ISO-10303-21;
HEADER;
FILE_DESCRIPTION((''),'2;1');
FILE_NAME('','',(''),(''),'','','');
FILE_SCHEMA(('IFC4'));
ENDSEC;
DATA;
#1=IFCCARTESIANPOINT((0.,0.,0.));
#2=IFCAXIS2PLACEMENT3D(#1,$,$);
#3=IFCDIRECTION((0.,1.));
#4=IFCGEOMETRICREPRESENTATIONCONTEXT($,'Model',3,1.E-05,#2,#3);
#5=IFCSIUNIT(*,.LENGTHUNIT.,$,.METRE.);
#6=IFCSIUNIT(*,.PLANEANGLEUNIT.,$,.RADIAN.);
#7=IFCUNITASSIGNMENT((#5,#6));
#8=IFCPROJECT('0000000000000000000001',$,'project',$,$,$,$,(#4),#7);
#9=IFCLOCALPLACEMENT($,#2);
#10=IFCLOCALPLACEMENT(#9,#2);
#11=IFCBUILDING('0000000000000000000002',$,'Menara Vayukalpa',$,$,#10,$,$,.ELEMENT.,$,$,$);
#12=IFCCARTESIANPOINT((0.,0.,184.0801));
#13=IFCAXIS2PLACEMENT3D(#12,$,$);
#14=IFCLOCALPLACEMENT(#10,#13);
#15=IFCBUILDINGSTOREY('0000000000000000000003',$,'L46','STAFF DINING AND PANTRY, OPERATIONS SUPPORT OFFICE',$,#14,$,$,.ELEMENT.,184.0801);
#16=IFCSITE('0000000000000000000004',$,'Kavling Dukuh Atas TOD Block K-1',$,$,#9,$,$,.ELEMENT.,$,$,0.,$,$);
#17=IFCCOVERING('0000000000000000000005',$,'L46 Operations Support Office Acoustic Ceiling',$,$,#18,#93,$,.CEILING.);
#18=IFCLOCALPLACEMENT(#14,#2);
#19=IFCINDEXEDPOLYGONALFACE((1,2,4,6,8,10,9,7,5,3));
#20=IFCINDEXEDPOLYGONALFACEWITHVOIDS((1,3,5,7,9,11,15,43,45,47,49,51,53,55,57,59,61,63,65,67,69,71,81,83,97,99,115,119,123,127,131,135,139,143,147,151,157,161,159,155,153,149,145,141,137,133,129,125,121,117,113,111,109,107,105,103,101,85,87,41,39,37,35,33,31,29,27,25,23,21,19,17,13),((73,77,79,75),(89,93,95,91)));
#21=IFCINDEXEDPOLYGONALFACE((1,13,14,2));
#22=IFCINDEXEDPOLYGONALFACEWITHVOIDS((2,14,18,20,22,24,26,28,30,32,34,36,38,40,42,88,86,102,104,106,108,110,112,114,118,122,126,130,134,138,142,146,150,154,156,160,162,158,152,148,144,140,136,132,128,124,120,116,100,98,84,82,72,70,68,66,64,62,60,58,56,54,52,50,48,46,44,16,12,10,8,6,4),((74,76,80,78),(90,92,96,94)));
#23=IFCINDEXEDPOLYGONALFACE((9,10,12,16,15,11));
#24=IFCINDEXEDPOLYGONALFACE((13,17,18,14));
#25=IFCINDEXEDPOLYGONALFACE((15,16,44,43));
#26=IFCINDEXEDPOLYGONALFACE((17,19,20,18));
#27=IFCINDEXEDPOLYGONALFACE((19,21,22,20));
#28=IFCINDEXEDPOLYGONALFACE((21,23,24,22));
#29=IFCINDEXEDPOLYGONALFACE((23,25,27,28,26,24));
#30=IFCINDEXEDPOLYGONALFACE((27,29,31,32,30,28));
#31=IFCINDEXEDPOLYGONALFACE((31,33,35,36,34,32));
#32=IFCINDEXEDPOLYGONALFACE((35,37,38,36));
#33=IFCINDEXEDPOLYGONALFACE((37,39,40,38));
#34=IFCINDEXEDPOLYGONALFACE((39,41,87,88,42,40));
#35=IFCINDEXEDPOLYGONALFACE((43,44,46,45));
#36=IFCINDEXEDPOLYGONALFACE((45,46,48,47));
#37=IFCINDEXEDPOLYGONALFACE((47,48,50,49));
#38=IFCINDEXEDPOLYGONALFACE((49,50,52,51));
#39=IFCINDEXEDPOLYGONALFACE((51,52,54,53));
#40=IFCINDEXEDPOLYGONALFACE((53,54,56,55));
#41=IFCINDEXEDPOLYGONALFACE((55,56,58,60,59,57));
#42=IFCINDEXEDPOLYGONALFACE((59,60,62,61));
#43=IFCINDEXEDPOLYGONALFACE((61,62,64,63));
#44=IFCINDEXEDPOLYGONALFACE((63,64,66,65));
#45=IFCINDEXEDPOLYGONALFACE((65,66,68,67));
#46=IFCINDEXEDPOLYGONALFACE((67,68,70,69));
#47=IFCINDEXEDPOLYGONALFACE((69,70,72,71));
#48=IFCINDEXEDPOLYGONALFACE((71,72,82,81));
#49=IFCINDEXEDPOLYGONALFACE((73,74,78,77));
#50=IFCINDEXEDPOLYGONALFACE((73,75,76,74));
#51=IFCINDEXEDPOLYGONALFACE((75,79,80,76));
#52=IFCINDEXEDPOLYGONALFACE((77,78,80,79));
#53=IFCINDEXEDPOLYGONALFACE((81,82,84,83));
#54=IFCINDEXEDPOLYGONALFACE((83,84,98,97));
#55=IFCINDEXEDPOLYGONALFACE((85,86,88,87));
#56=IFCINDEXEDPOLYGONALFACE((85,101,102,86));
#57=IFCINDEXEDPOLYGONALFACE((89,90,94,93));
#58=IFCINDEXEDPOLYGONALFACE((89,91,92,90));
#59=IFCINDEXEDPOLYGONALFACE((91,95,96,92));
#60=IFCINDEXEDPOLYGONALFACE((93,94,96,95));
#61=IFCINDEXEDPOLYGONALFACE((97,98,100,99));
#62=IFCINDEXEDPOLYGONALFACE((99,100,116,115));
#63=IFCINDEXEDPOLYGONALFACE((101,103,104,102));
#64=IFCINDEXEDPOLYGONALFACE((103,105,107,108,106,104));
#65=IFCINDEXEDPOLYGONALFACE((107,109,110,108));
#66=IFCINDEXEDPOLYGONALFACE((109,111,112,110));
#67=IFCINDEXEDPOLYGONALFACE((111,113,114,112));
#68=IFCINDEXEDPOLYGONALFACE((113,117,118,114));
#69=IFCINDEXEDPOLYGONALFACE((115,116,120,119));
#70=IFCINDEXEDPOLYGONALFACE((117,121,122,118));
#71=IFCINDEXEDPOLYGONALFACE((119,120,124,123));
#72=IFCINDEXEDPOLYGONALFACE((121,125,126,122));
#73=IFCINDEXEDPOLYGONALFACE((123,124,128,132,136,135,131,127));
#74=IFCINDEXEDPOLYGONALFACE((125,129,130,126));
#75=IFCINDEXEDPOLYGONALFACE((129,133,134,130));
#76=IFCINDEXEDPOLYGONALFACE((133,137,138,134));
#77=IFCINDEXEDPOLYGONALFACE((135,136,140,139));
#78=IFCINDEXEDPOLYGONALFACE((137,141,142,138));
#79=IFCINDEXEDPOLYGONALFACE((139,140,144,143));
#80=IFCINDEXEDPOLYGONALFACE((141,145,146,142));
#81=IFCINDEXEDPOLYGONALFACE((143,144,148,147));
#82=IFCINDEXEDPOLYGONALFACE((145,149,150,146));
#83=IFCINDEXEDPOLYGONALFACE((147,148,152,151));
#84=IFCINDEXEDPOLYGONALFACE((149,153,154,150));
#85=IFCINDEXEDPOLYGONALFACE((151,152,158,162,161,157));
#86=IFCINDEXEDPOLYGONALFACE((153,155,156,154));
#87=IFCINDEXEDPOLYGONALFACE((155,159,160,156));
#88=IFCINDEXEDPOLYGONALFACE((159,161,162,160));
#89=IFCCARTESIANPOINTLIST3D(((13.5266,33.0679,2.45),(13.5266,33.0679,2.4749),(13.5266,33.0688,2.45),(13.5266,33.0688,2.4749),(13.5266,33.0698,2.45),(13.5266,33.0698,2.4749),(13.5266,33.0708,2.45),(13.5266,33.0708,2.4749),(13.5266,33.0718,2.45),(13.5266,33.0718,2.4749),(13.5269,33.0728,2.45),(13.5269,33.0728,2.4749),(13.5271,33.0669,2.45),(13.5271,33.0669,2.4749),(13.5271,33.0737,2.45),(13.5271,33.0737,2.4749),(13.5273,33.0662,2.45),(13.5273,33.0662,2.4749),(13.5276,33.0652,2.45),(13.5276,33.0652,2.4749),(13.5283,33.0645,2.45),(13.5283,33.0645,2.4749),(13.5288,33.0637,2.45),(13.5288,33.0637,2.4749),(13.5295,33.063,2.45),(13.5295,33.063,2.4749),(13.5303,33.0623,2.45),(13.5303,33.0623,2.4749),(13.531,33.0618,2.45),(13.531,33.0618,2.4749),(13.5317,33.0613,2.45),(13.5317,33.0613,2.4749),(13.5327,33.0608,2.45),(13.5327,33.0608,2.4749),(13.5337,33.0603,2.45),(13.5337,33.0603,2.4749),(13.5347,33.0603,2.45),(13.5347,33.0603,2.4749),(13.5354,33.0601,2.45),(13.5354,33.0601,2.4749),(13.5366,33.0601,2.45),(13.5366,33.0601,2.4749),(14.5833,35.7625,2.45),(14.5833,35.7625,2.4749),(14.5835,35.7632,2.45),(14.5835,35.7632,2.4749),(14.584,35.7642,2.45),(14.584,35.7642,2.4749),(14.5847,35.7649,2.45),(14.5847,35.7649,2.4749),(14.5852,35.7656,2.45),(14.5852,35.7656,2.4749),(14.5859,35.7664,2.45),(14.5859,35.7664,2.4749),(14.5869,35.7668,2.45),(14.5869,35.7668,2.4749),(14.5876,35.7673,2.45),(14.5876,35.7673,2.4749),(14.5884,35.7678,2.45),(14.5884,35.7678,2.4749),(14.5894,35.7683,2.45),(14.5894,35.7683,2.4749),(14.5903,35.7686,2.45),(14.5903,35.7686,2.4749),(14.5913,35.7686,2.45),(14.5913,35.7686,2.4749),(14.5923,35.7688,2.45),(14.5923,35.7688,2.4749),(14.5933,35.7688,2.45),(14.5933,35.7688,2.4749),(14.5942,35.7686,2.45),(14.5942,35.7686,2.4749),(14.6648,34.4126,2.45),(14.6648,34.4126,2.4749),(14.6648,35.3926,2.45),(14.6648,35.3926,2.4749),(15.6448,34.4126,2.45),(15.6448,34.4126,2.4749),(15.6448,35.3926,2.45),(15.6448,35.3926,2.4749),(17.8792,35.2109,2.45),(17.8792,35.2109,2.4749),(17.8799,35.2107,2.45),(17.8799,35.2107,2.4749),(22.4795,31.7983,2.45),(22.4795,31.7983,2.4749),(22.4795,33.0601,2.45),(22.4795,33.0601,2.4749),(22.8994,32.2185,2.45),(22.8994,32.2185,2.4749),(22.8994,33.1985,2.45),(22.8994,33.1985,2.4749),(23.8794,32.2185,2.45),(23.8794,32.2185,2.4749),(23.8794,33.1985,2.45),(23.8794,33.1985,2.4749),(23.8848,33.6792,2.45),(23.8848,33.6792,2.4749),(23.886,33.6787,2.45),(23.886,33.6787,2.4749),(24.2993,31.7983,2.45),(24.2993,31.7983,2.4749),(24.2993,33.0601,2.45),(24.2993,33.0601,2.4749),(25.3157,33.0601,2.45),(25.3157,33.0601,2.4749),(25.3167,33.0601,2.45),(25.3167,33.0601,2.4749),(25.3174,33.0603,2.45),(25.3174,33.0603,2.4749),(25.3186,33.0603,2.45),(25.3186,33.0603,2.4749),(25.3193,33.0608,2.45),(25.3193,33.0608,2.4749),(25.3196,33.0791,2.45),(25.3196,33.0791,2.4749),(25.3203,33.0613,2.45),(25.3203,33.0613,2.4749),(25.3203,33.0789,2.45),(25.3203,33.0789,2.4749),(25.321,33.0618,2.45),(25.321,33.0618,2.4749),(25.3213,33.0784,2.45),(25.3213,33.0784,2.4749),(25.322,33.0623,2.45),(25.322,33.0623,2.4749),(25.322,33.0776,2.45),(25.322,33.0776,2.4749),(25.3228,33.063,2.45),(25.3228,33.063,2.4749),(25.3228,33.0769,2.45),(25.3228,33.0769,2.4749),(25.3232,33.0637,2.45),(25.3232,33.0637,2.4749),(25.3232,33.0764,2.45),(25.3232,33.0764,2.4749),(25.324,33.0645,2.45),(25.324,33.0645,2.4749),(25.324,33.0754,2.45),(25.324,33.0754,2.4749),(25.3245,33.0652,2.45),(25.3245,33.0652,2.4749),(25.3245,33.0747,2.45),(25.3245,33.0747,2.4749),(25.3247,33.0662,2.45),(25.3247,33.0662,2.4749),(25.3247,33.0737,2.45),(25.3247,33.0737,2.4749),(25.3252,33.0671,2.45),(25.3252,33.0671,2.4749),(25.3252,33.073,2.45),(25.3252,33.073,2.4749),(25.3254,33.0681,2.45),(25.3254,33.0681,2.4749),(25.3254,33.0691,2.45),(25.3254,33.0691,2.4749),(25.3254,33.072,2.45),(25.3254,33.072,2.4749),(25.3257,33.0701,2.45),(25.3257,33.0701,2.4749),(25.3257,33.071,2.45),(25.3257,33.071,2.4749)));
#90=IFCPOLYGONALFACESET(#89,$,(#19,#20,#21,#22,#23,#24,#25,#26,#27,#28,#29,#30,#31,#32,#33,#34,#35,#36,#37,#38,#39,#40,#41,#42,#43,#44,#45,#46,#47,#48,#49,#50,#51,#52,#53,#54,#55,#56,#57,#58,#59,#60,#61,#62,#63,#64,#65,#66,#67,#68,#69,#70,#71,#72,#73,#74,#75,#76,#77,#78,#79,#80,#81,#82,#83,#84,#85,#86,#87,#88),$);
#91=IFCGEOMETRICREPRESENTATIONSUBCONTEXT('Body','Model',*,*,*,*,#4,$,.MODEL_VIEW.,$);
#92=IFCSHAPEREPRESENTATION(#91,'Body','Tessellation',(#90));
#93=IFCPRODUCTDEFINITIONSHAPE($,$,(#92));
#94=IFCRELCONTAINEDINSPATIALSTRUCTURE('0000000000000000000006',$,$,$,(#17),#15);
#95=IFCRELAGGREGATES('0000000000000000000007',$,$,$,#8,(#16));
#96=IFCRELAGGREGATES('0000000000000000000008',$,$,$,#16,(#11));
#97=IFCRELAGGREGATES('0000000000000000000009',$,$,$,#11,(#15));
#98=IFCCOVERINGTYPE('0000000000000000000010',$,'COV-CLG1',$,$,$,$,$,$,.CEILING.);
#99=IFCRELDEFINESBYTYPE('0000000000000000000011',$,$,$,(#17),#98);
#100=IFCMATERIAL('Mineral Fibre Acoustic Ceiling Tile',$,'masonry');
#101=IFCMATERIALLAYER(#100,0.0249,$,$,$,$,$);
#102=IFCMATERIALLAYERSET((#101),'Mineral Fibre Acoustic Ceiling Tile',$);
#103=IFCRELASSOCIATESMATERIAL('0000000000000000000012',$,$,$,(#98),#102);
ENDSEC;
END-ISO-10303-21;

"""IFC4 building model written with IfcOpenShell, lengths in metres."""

from ifc_helpers import new_model, si_unit, direction, frame, origin, place, context, subcontext, project, spatial, polyline, outline, extrude, material, layer, layer_set, type_object, element, save


model = new_model("IFC4")

# Units and contexts
model_context = context("Model", 3, precision=1e-05, world=origin(), true_north=direction((0.0, 1.0)))
body_context = subcontext(model_context, "Body", "Model", "MODEL_VIEW")
ifc_project = project(units=[si_unit("LENGTHUNIT", "METRE"), si_unit("PLANEANGLEUNIT", "RADIAN")], contexts=[model_context])

# Site, building, storey
site_placement = place(None, origin())
site = spatial("IfcSite", under=ifc_project, at=site_placement, Name="Kavling Dukuh Atas TOD Block K-1", CompositionType="ELEMENT", RefElevation=0.0)
building_placement = place(site_placement, origin())
building = spatial("IfcBuilding", under=site, at=building_placement, Name="Menara Vayukalpa", CompositionType="ELEMENT")
storey_placement = place(building_placement, frame((0.0, 0.0, 184.0801)))
storey = spatial("IfcBuildingStorey", under=building, at=storey_placement, Name="L46", Description="STAFF DINING AND PANTRY, OPERATIONS SUPPORT OFFICE", CompositionType="ELEMENT", Elevation=184.0801)

# Covering
ifc_material_1 = material(Name="Mineral Fibre Acoustic Ceiling Tile", Category="masonry")
ifc_layer_1 = layer(ifc_material_1, 0.0249)
ifc_layer_set_1 = layer_set([ifc_layer_1], Name="Mineral Fibre Acoustic Ceiling Tile")
covering_type_1 = type_object("IfcCoveringType", Name="COV-CLG1", PredefinedType="CEILING", material=ifc_layer_set_1)
covering_1_placement = place(storey_placement, frame((0.0, 0.0, 2.45)))
element("IfcCovering", 1, at=covering_1_placement, inside=storey, type_object=covering_type_1, Name="L46 Operations Support Office Acoustic Ceiling", PredefinedType="CEILING", context=body_context, shape_type="SweptSolid", body=[
    extrude(outline(polyline([(13.5366, 33.0601), (13.5354, 33.0601), (13.5347, 33.0603), (13.5337, 33.0603), (13.5327, 33.0608), (13.5317, 33.0613), (13.531, 33.0618), (13.5303, 33.0623), (13.5295, 33.063), (13.5288, 33.0637), (13.5283, 33.0645), (13.5276, 33.0652), (13.5273, 33.0662), (13.5271, 33.0669), (13.5266, 33.0679), (13.5266, 33.0688), (13.5266, 33.0698), (13.5266, 33.0708), (13.5266, 33.0718), (13.5269, 33.0728), (13.5271, 33.0737), (14.5833, 35.7625), (14.5835, 35.7632), (14.584, 35.7642), (14.5847, 35.7649), (14.5852, 35.7656), (14.5859, 35.7664), (14.5869, 35.7668), (14.5876, 35.7673), (14.5884, 35.7678), (14.5894, 35.7683), (14.5903, 35.7686), (14.5913, 35.7686), (14.5923, 35.7688), (14.5933, 35.7688), (14.5942, 35.7686), (17.8792, 35.2109), (17.8799, 35.2107), (23.8848, 33.6792), (23.886, 33.6787), (25.3196, 33.0791), (25.3203, 33.0789), (25.3213, 33.0784), (25.322, 33.0776), (25.3228, 33.0769), (25.3232, 33.0764), (25.324, 33.0754), (25.3245, 33.0747), (25.3247, 33.0737), (25.3252, 33.073), (25.3254, 33.072), (25.3257, 33.071), (25.3257, 33.0701), (25.3254, 33.0691), (25.3254, 33.0681), (25.3252, 33.0671), (25.3247, 33.0662), (25.3245, 33.0652), (25.324, 33.0645), (25.3232, 33.0637), (25.3228, 33.063), (25.322, 33.0623), (25.321, 33.0618), (25.3203, 33.0613), (25.3193, 33.0608), (25.3186, 33.0603), (25.3174, 33.0603), (25.3167, 33.0601), (25.3157, 33.0601), (24.2993, 33.0601), (24.2993, 31.7983), (22.4795, 31.7983), (22.4795, 33.0601), (13.5366, 33.0601)]), holes=[polyline([(15.6448, 35.3926), (14.6648, 35.3926), (14.6648, 34.4126), (15.6448, 34.4126), (15.6448, 35.3926)]), polyline([(23.8794, 33.1985), (22.8994, 33.1985), (22.8994, 32.2185), (23.8794, 32.2185), (23.8794, 33.1985)])]), origin(), (0.0, 0.0, 1.0), 0.0249),
])

save(model, "model.ifc")
